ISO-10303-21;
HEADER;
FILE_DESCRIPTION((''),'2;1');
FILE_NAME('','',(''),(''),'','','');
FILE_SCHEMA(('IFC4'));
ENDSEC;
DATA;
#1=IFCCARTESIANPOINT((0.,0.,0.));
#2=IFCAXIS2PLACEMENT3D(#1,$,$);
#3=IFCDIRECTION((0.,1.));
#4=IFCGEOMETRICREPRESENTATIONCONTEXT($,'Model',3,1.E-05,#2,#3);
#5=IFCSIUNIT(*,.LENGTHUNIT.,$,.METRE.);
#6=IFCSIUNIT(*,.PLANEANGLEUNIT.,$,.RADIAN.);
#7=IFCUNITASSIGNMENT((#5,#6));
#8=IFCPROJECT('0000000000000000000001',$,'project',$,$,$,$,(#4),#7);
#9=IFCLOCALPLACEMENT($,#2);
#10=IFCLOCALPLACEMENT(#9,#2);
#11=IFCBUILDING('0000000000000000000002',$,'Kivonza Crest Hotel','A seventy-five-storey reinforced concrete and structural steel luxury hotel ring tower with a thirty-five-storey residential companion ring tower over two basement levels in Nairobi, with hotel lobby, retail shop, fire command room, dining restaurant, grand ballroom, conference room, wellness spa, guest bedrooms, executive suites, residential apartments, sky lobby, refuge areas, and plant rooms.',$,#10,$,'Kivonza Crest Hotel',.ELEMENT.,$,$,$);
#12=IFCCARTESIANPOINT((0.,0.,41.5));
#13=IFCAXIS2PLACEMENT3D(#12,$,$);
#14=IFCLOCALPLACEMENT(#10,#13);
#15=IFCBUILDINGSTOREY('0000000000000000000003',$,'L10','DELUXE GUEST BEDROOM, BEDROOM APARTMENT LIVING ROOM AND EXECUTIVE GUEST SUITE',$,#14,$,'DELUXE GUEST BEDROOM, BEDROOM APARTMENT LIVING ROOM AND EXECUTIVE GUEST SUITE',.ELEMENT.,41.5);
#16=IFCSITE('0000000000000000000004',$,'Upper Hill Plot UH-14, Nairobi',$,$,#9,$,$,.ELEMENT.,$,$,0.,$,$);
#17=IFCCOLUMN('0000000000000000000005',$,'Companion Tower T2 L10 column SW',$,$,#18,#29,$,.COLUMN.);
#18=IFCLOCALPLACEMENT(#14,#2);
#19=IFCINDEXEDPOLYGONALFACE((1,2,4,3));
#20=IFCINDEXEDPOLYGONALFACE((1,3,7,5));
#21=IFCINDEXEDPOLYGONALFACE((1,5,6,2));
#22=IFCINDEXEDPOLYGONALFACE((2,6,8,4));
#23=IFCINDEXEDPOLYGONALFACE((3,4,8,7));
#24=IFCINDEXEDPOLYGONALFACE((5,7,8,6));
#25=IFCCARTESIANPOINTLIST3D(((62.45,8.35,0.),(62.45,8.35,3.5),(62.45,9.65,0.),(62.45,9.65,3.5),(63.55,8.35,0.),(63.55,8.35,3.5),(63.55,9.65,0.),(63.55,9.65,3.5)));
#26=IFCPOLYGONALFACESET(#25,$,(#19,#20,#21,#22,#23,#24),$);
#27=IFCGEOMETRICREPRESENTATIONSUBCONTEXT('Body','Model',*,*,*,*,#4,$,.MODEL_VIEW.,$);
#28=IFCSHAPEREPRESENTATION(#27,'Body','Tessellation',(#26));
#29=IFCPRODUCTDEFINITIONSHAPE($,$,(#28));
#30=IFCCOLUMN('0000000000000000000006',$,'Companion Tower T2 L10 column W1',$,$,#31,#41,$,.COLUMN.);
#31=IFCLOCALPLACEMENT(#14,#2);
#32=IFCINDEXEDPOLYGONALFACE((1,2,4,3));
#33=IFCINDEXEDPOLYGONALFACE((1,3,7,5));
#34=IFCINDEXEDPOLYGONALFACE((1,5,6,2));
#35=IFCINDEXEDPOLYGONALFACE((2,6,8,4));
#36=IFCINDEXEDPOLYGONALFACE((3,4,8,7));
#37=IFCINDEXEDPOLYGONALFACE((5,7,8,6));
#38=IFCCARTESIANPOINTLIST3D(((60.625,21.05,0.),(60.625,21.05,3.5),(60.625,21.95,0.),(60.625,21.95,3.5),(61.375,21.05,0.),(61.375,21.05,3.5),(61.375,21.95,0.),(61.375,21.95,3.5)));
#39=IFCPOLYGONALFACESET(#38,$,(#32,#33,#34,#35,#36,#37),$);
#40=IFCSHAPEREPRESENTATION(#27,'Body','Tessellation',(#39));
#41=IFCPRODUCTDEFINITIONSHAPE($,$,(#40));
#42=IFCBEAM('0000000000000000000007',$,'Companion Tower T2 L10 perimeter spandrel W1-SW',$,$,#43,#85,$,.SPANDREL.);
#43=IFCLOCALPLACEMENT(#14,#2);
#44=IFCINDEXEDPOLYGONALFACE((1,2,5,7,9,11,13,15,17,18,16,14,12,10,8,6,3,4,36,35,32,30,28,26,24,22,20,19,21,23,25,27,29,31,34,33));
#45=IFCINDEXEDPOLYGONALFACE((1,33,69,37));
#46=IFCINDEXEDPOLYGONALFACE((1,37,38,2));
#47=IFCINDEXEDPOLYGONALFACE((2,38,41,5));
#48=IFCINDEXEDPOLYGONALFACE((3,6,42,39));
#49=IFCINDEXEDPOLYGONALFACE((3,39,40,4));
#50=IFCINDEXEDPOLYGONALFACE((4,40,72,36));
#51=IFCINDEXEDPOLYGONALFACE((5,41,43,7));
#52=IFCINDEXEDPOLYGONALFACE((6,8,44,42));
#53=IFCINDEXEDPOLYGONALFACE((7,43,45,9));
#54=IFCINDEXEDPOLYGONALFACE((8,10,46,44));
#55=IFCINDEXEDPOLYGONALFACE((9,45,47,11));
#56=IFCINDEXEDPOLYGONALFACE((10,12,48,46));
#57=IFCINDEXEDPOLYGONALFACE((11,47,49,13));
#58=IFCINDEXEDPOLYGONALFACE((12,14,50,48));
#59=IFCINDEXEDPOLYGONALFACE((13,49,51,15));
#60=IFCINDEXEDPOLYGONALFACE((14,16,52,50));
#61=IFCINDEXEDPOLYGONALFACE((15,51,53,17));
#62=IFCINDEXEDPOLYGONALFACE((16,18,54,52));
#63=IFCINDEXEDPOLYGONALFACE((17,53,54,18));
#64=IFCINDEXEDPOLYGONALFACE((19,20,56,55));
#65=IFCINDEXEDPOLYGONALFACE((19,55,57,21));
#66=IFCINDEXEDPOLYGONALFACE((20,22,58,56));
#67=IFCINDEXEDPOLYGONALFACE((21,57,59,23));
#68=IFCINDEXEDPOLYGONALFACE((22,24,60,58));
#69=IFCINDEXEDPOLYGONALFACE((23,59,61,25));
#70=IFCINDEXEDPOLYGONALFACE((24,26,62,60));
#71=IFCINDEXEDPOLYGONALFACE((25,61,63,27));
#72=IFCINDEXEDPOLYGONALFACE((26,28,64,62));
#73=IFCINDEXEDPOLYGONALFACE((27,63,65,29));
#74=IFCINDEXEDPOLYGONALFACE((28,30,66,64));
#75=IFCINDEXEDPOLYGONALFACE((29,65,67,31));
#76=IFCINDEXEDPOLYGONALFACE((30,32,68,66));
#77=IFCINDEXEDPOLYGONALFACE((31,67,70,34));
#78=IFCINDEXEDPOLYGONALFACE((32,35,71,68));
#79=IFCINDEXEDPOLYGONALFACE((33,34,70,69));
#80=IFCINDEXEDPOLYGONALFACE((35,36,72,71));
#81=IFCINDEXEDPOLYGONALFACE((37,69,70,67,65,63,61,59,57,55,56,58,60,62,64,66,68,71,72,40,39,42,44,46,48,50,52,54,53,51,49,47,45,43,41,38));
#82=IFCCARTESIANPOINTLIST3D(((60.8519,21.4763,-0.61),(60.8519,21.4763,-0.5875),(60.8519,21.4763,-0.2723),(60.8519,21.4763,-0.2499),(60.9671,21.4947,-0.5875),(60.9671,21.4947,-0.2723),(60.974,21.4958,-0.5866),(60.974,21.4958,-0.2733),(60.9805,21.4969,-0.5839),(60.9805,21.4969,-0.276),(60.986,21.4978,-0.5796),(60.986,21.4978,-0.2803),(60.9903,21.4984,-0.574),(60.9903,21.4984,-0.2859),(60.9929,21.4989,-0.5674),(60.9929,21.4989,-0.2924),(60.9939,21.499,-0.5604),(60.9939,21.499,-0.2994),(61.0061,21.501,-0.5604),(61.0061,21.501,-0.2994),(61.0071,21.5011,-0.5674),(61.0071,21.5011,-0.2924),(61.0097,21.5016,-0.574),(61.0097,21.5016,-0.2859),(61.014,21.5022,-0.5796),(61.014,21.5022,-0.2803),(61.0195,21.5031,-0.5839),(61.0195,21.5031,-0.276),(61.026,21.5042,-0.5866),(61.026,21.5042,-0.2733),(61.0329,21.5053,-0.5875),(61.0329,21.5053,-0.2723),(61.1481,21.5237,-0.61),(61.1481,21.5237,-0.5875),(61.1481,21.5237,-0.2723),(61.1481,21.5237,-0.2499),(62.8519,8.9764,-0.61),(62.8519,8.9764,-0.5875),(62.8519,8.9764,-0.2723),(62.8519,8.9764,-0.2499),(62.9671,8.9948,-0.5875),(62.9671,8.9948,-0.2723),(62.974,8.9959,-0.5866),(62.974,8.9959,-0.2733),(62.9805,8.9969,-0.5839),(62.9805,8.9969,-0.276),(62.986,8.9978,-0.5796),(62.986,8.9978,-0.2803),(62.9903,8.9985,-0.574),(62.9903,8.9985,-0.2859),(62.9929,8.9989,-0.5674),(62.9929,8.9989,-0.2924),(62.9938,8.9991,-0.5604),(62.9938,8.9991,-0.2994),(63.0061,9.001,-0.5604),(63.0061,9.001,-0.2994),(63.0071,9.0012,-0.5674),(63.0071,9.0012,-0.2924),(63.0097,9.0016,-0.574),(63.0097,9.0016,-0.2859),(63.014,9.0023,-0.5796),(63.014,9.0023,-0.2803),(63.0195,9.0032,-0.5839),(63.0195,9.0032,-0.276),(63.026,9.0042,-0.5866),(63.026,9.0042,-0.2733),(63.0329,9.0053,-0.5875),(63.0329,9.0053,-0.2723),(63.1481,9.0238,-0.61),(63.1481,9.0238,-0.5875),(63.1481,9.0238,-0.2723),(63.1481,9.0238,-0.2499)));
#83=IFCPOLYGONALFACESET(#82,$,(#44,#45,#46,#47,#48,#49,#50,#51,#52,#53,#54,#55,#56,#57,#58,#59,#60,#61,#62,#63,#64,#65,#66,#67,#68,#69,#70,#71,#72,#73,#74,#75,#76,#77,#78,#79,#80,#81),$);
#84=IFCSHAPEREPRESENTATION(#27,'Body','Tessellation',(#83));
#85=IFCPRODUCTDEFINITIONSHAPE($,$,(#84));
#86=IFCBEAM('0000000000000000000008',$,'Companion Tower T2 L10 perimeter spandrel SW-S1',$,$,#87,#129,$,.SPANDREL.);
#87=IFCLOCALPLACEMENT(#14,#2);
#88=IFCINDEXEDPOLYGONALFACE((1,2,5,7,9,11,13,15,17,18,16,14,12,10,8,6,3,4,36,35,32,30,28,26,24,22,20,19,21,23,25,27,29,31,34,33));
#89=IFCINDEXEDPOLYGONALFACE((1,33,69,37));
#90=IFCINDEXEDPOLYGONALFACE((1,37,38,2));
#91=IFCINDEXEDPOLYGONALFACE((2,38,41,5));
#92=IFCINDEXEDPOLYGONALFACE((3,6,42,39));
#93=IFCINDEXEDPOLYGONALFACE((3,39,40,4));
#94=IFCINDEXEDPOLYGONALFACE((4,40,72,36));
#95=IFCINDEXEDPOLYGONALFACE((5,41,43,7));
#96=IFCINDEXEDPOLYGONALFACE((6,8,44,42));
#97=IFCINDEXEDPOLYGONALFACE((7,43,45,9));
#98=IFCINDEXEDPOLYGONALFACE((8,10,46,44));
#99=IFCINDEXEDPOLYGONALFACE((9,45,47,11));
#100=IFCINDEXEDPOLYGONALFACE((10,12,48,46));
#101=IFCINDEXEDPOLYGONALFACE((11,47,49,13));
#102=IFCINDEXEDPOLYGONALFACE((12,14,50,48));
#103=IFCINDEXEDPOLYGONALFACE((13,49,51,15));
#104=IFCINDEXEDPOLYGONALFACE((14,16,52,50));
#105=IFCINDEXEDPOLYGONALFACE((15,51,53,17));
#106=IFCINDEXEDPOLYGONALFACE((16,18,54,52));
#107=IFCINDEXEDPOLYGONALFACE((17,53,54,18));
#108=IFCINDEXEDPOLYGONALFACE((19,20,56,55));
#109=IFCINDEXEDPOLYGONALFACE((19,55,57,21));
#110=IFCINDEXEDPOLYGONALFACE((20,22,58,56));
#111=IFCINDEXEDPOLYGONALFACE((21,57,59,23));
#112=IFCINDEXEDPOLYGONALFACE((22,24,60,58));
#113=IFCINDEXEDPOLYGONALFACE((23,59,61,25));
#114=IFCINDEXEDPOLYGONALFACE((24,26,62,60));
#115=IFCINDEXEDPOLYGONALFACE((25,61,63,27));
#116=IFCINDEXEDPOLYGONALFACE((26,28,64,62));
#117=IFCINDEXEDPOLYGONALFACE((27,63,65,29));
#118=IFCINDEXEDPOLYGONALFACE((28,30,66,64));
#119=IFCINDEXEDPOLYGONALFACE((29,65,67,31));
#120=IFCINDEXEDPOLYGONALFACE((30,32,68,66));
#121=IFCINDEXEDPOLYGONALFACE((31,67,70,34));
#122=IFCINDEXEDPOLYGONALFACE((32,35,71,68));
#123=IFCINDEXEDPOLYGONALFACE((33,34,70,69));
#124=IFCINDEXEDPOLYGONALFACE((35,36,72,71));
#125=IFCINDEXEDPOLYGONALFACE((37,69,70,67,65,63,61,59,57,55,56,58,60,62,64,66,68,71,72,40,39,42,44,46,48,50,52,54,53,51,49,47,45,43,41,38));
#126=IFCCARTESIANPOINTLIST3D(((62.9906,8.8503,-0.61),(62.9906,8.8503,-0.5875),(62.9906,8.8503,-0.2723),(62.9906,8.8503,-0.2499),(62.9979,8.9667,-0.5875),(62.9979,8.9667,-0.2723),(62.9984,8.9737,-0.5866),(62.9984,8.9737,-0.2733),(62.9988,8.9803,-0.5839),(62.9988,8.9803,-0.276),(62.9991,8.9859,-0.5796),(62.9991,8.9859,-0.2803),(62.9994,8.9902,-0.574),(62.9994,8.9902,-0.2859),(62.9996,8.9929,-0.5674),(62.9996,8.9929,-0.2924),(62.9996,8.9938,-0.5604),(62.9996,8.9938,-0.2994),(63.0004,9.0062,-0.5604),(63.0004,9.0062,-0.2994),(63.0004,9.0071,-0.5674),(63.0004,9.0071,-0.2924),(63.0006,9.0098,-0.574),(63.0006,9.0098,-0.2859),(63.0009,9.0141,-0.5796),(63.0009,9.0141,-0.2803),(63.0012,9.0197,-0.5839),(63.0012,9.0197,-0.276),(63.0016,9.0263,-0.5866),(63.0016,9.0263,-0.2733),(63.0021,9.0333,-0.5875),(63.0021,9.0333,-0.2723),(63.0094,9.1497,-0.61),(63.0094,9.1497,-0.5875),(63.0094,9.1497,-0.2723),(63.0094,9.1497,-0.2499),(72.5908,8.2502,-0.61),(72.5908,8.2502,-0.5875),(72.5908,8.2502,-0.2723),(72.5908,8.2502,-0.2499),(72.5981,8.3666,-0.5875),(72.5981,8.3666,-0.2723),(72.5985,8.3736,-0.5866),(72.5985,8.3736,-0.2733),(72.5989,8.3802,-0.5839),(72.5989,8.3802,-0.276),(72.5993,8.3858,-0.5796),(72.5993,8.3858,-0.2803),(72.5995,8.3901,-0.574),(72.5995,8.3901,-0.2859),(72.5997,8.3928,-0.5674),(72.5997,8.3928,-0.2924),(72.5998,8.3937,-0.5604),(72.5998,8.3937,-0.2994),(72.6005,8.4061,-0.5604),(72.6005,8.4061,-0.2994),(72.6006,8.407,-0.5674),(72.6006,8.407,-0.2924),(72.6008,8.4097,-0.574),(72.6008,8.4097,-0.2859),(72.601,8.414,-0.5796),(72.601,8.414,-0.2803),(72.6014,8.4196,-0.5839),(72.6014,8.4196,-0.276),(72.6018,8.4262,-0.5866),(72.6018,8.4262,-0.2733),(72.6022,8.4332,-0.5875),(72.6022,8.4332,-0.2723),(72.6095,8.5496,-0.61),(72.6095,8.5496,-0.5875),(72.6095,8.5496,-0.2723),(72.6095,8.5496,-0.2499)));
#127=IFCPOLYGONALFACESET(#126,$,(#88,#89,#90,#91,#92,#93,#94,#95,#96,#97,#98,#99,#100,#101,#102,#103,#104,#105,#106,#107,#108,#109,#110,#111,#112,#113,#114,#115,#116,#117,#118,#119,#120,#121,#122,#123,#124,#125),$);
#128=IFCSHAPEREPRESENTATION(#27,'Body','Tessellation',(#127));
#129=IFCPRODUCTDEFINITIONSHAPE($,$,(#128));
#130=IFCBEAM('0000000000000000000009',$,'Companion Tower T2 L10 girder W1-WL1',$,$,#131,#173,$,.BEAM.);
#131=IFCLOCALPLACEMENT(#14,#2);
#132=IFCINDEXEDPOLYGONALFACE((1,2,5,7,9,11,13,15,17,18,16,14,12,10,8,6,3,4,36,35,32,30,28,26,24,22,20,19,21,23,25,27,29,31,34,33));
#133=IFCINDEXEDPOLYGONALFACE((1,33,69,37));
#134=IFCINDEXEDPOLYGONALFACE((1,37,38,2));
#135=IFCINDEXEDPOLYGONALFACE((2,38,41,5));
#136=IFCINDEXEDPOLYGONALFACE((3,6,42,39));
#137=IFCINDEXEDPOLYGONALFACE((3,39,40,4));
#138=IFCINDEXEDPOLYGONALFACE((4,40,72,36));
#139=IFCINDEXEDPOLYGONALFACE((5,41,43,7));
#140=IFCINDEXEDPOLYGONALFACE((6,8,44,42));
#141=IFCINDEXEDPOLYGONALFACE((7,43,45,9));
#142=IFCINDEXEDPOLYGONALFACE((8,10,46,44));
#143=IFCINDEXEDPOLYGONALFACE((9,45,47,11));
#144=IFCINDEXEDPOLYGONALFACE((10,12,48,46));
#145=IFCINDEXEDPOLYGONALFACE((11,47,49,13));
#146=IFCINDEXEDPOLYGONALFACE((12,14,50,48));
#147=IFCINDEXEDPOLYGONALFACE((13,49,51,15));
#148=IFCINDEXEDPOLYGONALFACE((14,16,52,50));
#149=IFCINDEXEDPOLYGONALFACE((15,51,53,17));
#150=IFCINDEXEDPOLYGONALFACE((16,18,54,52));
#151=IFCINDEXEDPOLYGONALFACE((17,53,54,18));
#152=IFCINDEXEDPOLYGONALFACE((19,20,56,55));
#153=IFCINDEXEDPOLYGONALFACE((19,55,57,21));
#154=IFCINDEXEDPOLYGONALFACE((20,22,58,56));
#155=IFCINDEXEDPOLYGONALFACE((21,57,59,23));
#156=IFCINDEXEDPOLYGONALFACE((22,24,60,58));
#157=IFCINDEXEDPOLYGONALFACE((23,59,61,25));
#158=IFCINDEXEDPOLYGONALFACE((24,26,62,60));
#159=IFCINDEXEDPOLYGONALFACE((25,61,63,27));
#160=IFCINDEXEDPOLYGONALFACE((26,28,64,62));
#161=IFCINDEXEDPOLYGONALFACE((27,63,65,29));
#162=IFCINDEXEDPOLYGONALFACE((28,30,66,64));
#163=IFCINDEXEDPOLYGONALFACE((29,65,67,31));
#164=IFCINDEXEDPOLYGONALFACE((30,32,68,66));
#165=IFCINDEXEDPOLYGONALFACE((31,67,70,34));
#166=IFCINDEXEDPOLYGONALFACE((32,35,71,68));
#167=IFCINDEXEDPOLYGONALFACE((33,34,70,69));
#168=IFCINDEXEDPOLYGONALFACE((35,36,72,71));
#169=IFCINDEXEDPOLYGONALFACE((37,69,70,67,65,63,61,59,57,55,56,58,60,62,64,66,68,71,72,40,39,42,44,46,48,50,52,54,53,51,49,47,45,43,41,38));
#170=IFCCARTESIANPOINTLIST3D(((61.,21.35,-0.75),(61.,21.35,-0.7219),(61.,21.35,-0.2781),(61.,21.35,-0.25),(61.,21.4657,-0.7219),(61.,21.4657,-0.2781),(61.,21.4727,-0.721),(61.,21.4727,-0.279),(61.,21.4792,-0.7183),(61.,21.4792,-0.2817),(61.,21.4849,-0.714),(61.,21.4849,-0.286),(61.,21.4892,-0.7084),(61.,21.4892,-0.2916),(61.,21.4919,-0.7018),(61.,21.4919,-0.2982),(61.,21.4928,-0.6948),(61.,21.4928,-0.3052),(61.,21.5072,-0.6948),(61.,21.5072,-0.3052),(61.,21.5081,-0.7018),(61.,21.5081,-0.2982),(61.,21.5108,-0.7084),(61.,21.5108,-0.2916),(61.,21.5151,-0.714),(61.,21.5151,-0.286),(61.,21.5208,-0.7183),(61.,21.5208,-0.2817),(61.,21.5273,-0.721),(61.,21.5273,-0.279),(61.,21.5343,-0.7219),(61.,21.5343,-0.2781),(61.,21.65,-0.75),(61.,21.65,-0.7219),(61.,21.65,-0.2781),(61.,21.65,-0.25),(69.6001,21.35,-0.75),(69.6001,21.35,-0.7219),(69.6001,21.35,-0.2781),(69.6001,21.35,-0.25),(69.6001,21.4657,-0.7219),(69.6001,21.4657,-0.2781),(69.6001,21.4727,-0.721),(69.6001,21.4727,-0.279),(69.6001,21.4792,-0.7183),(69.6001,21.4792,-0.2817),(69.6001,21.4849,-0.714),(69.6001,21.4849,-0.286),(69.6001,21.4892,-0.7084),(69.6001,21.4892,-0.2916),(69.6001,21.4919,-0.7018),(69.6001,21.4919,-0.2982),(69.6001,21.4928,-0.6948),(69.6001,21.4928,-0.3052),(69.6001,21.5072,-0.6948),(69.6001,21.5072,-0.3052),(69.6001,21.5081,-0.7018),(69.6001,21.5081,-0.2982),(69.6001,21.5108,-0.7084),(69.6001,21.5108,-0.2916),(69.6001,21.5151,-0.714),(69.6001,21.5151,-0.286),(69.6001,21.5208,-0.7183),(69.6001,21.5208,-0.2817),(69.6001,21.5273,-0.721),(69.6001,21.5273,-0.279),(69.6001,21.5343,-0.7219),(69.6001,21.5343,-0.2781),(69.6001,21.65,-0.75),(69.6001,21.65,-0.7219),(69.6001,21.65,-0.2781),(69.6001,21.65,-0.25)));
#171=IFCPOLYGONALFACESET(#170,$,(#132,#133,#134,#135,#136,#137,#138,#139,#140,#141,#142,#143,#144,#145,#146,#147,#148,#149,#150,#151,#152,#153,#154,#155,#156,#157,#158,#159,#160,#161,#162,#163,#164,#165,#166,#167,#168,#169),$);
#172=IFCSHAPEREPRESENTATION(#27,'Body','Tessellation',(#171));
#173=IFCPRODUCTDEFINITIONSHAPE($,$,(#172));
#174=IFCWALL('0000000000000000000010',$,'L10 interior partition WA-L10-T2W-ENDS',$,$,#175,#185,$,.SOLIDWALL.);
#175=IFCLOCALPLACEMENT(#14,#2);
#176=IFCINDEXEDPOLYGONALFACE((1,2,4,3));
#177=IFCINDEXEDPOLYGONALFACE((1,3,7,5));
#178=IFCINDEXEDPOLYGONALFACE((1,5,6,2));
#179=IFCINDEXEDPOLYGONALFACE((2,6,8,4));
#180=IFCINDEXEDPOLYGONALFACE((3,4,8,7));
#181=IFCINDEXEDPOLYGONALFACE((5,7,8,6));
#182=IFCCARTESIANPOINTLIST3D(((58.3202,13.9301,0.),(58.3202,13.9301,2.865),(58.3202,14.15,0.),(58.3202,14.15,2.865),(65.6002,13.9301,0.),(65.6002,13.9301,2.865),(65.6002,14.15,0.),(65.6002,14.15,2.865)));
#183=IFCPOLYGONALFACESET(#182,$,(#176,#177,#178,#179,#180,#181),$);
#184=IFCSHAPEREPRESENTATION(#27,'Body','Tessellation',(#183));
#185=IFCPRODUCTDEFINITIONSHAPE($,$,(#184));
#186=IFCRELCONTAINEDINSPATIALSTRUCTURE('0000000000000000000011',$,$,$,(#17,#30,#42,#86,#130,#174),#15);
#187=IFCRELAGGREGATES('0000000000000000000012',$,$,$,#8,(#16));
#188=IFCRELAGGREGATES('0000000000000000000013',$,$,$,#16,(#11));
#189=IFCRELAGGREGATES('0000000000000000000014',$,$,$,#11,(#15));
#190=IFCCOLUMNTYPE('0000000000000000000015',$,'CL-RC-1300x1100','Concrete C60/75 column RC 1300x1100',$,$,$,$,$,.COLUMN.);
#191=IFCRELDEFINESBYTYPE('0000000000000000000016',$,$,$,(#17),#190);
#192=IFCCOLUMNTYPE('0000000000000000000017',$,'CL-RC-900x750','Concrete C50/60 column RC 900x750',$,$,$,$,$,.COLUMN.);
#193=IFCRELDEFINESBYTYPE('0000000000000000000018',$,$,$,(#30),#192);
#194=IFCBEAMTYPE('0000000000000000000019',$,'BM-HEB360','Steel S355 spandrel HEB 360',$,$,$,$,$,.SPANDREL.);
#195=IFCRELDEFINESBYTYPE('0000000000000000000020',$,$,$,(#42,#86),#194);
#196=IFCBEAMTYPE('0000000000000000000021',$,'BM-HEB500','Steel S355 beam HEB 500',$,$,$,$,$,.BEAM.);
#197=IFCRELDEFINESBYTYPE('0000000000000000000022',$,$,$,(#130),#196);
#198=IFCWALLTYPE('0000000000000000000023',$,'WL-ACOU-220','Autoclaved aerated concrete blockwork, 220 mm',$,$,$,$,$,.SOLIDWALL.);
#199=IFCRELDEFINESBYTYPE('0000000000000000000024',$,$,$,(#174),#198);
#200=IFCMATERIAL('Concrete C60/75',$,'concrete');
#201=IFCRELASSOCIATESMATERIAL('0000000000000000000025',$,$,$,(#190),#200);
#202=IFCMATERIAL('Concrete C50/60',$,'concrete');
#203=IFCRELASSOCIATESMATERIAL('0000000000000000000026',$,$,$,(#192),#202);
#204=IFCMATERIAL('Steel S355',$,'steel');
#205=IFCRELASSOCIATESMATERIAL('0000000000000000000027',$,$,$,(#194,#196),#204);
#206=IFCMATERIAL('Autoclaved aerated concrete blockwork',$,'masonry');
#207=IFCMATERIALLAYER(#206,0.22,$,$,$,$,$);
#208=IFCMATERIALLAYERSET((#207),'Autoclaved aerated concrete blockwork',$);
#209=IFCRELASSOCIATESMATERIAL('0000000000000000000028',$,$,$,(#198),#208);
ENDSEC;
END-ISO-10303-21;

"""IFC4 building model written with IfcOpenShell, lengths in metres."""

from ifc_helpers import new_model, si_unit, direction, frame, frame_2d, origin, origin_2d, place, context, subcontext, project, spatial, rectangle, i_section, extrude, material, layer, layer_set, material_profile, profile_set, type_object, element, save


model = new_model("IFC4")

# Units and contexts
model_context = context("Model", 3, precision=1e-05, world=origin(), true_north=direction((0.0, 1.0)))
body_context = subcontext(model_context, "Body", "Model", "MODEL_VIEW")
ifc_project = project(units=[si_unit("LENGTHUNIT", "METRE"), si_unit("PLANEANGLEUNIT", "RADIAN")], contexts=[model_context])

# Site, building, storey
site_placement = place(None, origin())
site = spatial("IfcSite", under=ifc_project, at=site_placement, Name="Upper Hill Plot UH-14, Nairobi", CompositionType="ELEMENT", RefElevation=0.0)
building_placement = place(site_placement, origin())
building = spatial("IfcBuilding", under=site, at=building_placement, Name="Kivonza Crest Hotel", Description="A seventy-five-storey reinforced concrete and structural steel luxury hotel ring tower with a thirty-five-storey residential companion ring tower over two basement levels in Nairobi, with hotel lobby, retail shop, fire command room, dining restaurant, grand ballroom, conference room, wellness spa, guest bedrooms, executive suites, residential apartments, sky lobby, refuge areas, and plant rooms.", LongName="Kivonza Crest Hotel", CompositionType="ELEMENT")
storey_placement = place(building_placement, frame((0.0, 0.0, 41.5)))
storey = spatial("IfcBuildingStorey", under=building, at=storey_placement, Name="L10", Description="DELUXE GUEST BEDROOM, BEDROOM APARTMENT LIVING ROOM AND EXECUTIVE GUEST SUITE", LongName="DELUXE GUEST BEDROOM, BEDROOM APARTMENT LIVING ROOM AND EXECUTIVE GUEST SUITE", CompositionType="ELEMENT", Elevation=41.5)

# Columns
ifc_material_1 = material(Name="Concrete C60/75", Category="concrete")
ifc_material_profile_1 = material_profile(ifc_material_1, rectangle(XDim=1.1001, YDim=1.3, at=origin_2d()), Name="RC 1300x1100")
ifc_profile_set_1 = profile_set([ifc_material_profile_1], Name="Concrete C60/75")
column_type_1 = type_object("IfcColumnType", Name="CL-RC-1300x1100", Description="Concrete C60/75 column RC 1300x1100", PredefinedType="COLUMN", material=ifc_profile_set_1)
column_1_placement = place(storey_placement, frame((63.0, 9.0, 0.0), z_axis=(0.0, 0.0, 1.0), x_axis=(1.0, 0.0, 0.0)))
element("IfcColumn", 1, at=column_1_placement, inside=storey, type_object=column_type_1, Name="Companion Tower T2 L10 column SW", PredefinedType="COLUMN", context=body_context, shape_type="SweptSolid", body=[
    extrude(rectangle(XDim=1.1001, YDim=1.3, at=origin_2d()), origin(), (0.0, 0.0, 1.0), 3.5),
])
ifc_material_2 = material(Name="Concrete C50/60", Category="concrete")
ifc_material_profile_2 = material_profile(ifc_material_2, rectangle(XDim=0.75, YDim=0.8999, at=origin_2d()), Name="RC 900x750")
ifc_profile_set_2 = profile_set([ifc_material_profile_2], Name="Concrete C50/60")
column_type_2 = type_object("IfcColumnType", Name="CL-RC-900x750", Description="Concrete C50/60 column RC 900x750", PredefinedType="COLUMN", material=ifc_profile_set_2)
column_2_placement = place(storey_placement, frame((61.0, 21.5, 0.0), z_axis=(0.0, 0.0, 1.0), x_axis=(1.0, 0.0, 0.0)))
element("IfcColumn", 2, at=column_2_placement, inside=storey, type_object=column_type_2, Name="Companion Tower T2 L10 column W1", PredefinedType="COLUMN", context=body_context, shape_type="SweptSolid", body=[
    extrude(rectangle(XDim=0.75, YDim=0.8999, at=origin_2d()), origin(), (0.0, 0.0, 1.0), 3.5),
])

# Beams
ifc_material_3 = material(Name="Steel S355", Category="steel")
ifc_material_profile_3 = material_profile(ifc_material_3, i_section(OverallWidth=0.3, OverallDepth=0.3601, WebThickness=0.0125, FlangeThickness=0.0225, FilletRadius=0.0271, at=origin_2d()), Name="HEB 360")
ifc_profile_set_3 = profile_set([ifc_material_profile_3], Name="Steel S355")
beam_type_1 = type_object("IfcBeamType", Name="BM-HEB360", Description="Steel S355 spandrel HEB 360", PredefinedType="SPANDREL", material=ifc_profile_set_3)
beam_1_placement = place(storey_placement, frame((61.0, 21.5, -0.4299), z_axis=(0.157991, -0.987441, 0.0), x_axis=(0.987441, 0.157991, 0.0)))
element("IfcBeam", 3, at=beam_1_placement, inside=storey, type_object=beam_type_1, Name="Companion Tower T2 L10 perimeter spandrel W1-SW", PredefinedType="SPANDREL", context=body_context, shape_type="SweptSolid", body=[
    extrude(i_section(OverallWidth=0.3, OverallDepth=0.3601, WebThickness=0.0125, FlangeThickness=0.0225, FilletRadius=0.0271, at=origin_2d()), origin(), (0.0, 0.0, 1.0), 12.6589),
])
beam_2_placement = place(storey_placement, frame((63.0, 9.0, -0.4299), z_axis=(0.998052, -0.062388, 0.0), x_axis=(0.062388, 0.998052, 0.0)))
element("IfcBeam", 4, at=beam_2_placement, inside=storey, type_object=beam_type_1, Name="Companion Tower T2 L10 perimeter spandrel SW-S1", PredefinedType="SPANDREL", context=body_context, shape_type="SweptSolid", body=[
    extrude(i_section(OverallWidth=0.3, OverallDepth=0.3601, WebThickness=0.0125, FlangeThickness=0.0225, FilletRadius=0.0271, at=origin_2d()), origin(), (0.0, 0.0, 1.0), 9.6189),
])
ifc_material_profile_4 = material_profile(ifc_material_3, i_section(OverallWidth=0.3, OverallDepth=0.5, WebThickness=0.0144, FlangeThickness=0.0281, FilletRadius=0.0271, at=origin_2d()), Name="HEB 500")
ifc_profile_set_4 = profile_set([ifc_material_profile_4], Name="Steel S355")
beam_type_2 = type_object("IfcBeamType", Name="BM-HEB500", Description="Steel S355 beam HEB 500", PredefinedType="BEAM", material=ifc_profile_set_4)
beam_3_placement = place(storey_placement, frame((61.0, 21.5, -0.5), z_axis=(1.0, 0.0, 0.0), x_axis=(0.0, 1.0, 0.0)))
element("IfcBeam", 5, at=beam_3_placement, inside=storey, type_object=beam_type_2, Name="Companion Tower T2 L10 girder W1-WL1", PredefinedType="BEAM", context=body_context, shape_type="SweptSolid", body=[
    extrude(i_section(OverallWidth=0.3, OverallDepth=0.5, WebThickness=0.0144, FlangeThickness=0.0281, FilletRadius=0.0271, at=origin_2d()), origin(), (0.0, 0.0, 1.0), 8.6001),
])

# Wall
ifc_material_4 = material(Name="Autoclaved aerated concrete blockwork", Category="masonry")
ifc_layer_1 = layer(ifc_material_4, 0.22)
ifc_layer_set_1 = layer_set([ifc_layer_1], Name="Autoclaved aerated concrete blockwork")
wall_type_1 = type_object("IfcWallType", Name="WL-ACOU-220", Description="Autoclaved aerated concrete blockwork, 220 mm", PredefinedType="SOLIDWALL", material=ifc_layer_set_1)
wall_1_placement = place(storey_placement, frame((58.3201, 14.04, 0.0), z_axis=(0.0, 0.0, 1.0), x_axis=(1.0, 0.0, 0.0)))
element("IfcWall", 6, at=wall_1_placement, inside=storey, type_object=wall_type_1, Name="L10 interior partition WA-L10-T2W-ENDS", PredefinedType="SOLIDWALL", context=body_context, shape_type="SweptSolid", body=[
    extrude(rectangle(XDim=7.28, YDim=0.22, at=frame_2d((3.6401, 0.0))), origin(), (0.0, 0.0, 1.0), 2.865),
])

save(model, "model.ifc")
